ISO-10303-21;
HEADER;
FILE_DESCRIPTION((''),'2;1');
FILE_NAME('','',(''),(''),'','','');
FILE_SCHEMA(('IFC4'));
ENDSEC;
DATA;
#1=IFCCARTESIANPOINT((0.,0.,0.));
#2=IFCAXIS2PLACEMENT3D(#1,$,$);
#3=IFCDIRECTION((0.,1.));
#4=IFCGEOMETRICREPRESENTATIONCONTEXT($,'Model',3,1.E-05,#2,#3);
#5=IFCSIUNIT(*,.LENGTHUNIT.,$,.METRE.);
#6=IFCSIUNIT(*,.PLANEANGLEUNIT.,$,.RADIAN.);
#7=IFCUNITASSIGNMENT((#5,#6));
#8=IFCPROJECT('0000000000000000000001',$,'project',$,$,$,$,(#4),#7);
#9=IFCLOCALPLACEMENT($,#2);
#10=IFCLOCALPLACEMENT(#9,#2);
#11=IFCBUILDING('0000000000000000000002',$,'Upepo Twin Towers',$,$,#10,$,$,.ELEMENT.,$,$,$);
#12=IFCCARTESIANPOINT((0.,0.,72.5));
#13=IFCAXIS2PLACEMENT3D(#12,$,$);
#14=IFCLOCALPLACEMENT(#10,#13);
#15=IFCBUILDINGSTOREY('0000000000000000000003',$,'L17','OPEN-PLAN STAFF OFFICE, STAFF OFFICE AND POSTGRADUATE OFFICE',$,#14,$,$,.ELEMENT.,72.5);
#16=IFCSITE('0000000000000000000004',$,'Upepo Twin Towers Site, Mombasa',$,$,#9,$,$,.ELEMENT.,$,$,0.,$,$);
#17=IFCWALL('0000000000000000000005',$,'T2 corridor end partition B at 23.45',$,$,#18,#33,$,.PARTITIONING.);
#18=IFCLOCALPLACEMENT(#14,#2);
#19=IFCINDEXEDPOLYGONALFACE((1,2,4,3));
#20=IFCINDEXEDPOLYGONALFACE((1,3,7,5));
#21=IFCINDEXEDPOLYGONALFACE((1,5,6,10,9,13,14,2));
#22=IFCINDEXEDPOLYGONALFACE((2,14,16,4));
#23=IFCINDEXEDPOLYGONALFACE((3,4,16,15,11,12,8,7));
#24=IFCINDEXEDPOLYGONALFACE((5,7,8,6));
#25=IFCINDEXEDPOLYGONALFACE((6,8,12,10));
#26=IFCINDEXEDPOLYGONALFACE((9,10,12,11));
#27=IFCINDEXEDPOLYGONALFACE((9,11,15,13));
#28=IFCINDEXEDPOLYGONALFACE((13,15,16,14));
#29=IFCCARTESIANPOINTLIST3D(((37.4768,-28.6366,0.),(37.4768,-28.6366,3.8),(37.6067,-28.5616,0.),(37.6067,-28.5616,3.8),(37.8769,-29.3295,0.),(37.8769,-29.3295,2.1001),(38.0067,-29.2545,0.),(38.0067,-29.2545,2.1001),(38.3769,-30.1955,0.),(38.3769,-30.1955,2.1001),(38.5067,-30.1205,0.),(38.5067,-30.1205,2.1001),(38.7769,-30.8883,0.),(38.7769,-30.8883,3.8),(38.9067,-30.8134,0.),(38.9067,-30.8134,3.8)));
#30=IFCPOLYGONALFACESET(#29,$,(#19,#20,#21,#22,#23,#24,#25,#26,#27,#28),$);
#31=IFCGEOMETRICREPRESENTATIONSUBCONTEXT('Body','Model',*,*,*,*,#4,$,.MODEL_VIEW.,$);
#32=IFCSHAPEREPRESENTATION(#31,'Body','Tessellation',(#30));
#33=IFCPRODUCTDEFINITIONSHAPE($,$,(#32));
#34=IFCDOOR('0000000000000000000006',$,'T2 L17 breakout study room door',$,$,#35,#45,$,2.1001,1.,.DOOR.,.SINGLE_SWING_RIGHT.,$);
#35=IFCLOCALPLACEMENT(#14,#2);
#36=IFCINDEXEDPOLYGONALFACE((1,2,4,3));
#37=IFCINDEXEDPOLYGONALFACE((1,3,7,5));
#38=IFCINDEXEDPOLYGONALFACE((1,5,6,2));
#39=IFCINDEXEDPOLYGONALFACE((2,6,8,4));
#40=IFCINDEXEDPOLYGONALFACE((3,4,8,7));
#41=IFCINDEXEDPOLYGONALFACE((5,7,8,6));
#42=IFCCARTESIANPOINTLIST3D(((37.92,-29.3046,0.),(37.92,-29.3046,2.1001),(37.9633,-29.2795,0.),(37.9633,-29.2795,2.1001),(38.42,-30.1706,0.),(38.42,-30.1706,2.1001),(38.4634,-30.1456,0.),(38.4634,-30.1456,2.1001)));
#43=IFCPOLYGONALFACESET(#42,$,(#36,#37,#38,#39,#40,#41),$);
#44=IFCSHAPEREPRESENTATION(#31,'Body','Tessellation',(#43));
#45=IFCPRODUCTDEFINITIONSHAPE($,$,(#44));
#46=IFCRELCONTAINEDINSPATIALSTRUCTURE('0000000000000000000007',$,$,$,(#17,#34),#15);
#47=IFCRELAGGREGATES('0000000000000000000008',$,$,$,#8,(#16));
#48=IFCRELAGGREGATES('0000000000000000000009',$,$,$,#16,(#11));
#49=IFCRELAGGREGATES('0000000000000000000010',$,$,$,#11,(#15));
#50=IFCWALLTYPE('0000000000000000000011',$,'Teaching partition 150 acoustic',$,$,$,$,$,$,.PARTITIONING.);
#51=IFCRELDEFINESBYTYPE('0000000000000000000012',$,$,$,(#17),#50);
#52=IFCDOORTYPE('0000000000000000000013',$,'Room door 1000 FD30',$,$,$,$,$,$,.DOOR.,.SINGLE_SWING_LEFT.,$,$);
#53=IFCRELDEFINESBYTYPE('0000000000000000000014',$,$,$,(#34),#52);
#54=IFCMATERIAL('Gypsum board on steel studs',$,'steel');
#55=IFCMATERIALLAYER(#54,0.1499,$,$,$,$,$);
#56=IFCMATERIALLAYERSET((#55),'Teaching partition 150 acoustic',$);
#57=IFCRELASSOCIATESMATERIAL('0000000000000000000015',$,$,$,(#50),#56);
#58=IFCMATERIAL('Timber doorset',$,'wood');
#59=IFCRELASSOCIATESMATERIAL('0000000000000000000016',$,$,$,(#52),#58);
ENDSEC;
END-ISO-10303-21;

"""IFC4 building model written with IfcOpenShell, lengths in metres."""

from ifc_helpers import new_model, si_unit, direction, frame, frame_2d, origin, place, context, subcontext, project, spatial, rectangle, extrude, material, layer, layer_set, type_object, element, fill, save


model = new_model("IFC4")

# Units and contexts
model_context = context("Model", 3, precision=1e-05, world=origin(), true_north=direction((0.0, 1.0)))
body_context = subcontext(model_context, "Body", "Model", "MODEL_VIEW")
ifc_project = project(units=[si_unit("LENGTHUNIT", "METRE"), si_unit("PLANEANGLEUNIT", "RADIAN")], contexts=[model_context])

# Site, building, storey
site_placement = place(None, origin())
site = spatial("IfcSite", under=ifc_project, at=site_placement, Name="Upepo Twin Towers Site, Mombasa", CompositionType="ELEMENT", RefElevation=0.0)
building_placement = place(site_placement, origin())
building = spatial("IfcBuilding", under=site, at=building_placement, Name="Upepo Twin Towers", CompositionType="ELEMENT")
storey_placement = place(building_placement, frame((0.0, 0.0, 72.5)))
storey = spatial("IfcBuildingStorey", under=building, at=storey_placement, Name="L17", Description="OPEN-PLAN STAFF OFFICE, STAFF OFFICE AND POSTGRADUATE OFFICE", CompositionType="ELEMENT", Elevation=72.5)

# Wall, opening, door
ifc_material_1 = material(Name="Gypsum board on steel studs", Category="steel")
ifc_layer_1 = layer(ifc_material_1, 0.1499)
ifc_layer_set_1 = layer_set([ifc_layer_1], Name="Teaching partition 150 acoustic")
wall_type_1 = type_object("IfcWallType", Name="Teaching partition 150 acoustic", PredefinedType="PARTITIONING", material=ifc_layer_set_1)
wall_1_placement = place(storey_placement, frame((37.5417, -28.5991, 0.0), z_axis=(0.0, 0.0, 1.0), x_axis=(0.500007, -0.866021, 0.0)))
wall_1 = element("IfcWall", 1, at=wall_1_placement, inside=storey, type_object=wall_type_1, Name="T2 corridor end partition B at 23.45", PredefinedType="PARTITIONING", context=body_context, shape_type="SweptSolid", body=[
    extrude(rectangle(XDim=2.6001, YDim=0.1499, at=frame_2d((1.3, 0.0))), origin(), (0.0, 0.0, 1.0), 3.8),
])
opening_1_placement = place(wall_1_placement, frame((0.8, 0.0, 0.0)))
opening_1 = element("IfcOpeningElement", 2, at=opening_1_placement, cuts=wall_1, PredefinedType="OPENING", context=body_context, shape_type="SweptSolid", body=[
    extrude(rectangle(XDim=1.0, YDim=2.1001, at=frame_2d((0.5, 1.05))), frame((0.0, 0.085, 0.0), z_axis=(0.0, -1.0, 0.0), x_axis=(1.0, 0.0, 0.0)), (0.0, 0.0, 1.0), 0.1699),
])
ifc_material_2 = material(Name="Timber doorset", Category="wood")
door_type_1 = type_object("IfcDoorType", Name="Room door 1000 FD30", OperationType="SINGLE_SWING_LEFT", PredefinedType="DOOR", material=ifc_material_2)
door_1_placement = place(opening_1_placement, origin())
door_1 = element("IfcDoor", 3, at=door_1_placement, inside=storey, type_object=door_type_1, Name="T2 L17 breakout study room door", OperationType="SINGLE_SWING_RIGHT", OverallHeight=2.1001, OverallWidth=1.0, PredefinedType="DOOR", context=body_context, shape_type="SweptSolid", body=[
    extrude(rectangle(XDim=1.0, YDim=2.1001, at=frame_2d((0.5, 1.05))), frame((0.0, 0.0249, 0.0), z_axis=(0.0, -1.0, 0.0), x_axis=(1.0, 0.0, 0.0)), (0.0, 0.0, 1.0), 0.05),
])
fill(opening_1, door_1)

save(model, "model.ifc")
